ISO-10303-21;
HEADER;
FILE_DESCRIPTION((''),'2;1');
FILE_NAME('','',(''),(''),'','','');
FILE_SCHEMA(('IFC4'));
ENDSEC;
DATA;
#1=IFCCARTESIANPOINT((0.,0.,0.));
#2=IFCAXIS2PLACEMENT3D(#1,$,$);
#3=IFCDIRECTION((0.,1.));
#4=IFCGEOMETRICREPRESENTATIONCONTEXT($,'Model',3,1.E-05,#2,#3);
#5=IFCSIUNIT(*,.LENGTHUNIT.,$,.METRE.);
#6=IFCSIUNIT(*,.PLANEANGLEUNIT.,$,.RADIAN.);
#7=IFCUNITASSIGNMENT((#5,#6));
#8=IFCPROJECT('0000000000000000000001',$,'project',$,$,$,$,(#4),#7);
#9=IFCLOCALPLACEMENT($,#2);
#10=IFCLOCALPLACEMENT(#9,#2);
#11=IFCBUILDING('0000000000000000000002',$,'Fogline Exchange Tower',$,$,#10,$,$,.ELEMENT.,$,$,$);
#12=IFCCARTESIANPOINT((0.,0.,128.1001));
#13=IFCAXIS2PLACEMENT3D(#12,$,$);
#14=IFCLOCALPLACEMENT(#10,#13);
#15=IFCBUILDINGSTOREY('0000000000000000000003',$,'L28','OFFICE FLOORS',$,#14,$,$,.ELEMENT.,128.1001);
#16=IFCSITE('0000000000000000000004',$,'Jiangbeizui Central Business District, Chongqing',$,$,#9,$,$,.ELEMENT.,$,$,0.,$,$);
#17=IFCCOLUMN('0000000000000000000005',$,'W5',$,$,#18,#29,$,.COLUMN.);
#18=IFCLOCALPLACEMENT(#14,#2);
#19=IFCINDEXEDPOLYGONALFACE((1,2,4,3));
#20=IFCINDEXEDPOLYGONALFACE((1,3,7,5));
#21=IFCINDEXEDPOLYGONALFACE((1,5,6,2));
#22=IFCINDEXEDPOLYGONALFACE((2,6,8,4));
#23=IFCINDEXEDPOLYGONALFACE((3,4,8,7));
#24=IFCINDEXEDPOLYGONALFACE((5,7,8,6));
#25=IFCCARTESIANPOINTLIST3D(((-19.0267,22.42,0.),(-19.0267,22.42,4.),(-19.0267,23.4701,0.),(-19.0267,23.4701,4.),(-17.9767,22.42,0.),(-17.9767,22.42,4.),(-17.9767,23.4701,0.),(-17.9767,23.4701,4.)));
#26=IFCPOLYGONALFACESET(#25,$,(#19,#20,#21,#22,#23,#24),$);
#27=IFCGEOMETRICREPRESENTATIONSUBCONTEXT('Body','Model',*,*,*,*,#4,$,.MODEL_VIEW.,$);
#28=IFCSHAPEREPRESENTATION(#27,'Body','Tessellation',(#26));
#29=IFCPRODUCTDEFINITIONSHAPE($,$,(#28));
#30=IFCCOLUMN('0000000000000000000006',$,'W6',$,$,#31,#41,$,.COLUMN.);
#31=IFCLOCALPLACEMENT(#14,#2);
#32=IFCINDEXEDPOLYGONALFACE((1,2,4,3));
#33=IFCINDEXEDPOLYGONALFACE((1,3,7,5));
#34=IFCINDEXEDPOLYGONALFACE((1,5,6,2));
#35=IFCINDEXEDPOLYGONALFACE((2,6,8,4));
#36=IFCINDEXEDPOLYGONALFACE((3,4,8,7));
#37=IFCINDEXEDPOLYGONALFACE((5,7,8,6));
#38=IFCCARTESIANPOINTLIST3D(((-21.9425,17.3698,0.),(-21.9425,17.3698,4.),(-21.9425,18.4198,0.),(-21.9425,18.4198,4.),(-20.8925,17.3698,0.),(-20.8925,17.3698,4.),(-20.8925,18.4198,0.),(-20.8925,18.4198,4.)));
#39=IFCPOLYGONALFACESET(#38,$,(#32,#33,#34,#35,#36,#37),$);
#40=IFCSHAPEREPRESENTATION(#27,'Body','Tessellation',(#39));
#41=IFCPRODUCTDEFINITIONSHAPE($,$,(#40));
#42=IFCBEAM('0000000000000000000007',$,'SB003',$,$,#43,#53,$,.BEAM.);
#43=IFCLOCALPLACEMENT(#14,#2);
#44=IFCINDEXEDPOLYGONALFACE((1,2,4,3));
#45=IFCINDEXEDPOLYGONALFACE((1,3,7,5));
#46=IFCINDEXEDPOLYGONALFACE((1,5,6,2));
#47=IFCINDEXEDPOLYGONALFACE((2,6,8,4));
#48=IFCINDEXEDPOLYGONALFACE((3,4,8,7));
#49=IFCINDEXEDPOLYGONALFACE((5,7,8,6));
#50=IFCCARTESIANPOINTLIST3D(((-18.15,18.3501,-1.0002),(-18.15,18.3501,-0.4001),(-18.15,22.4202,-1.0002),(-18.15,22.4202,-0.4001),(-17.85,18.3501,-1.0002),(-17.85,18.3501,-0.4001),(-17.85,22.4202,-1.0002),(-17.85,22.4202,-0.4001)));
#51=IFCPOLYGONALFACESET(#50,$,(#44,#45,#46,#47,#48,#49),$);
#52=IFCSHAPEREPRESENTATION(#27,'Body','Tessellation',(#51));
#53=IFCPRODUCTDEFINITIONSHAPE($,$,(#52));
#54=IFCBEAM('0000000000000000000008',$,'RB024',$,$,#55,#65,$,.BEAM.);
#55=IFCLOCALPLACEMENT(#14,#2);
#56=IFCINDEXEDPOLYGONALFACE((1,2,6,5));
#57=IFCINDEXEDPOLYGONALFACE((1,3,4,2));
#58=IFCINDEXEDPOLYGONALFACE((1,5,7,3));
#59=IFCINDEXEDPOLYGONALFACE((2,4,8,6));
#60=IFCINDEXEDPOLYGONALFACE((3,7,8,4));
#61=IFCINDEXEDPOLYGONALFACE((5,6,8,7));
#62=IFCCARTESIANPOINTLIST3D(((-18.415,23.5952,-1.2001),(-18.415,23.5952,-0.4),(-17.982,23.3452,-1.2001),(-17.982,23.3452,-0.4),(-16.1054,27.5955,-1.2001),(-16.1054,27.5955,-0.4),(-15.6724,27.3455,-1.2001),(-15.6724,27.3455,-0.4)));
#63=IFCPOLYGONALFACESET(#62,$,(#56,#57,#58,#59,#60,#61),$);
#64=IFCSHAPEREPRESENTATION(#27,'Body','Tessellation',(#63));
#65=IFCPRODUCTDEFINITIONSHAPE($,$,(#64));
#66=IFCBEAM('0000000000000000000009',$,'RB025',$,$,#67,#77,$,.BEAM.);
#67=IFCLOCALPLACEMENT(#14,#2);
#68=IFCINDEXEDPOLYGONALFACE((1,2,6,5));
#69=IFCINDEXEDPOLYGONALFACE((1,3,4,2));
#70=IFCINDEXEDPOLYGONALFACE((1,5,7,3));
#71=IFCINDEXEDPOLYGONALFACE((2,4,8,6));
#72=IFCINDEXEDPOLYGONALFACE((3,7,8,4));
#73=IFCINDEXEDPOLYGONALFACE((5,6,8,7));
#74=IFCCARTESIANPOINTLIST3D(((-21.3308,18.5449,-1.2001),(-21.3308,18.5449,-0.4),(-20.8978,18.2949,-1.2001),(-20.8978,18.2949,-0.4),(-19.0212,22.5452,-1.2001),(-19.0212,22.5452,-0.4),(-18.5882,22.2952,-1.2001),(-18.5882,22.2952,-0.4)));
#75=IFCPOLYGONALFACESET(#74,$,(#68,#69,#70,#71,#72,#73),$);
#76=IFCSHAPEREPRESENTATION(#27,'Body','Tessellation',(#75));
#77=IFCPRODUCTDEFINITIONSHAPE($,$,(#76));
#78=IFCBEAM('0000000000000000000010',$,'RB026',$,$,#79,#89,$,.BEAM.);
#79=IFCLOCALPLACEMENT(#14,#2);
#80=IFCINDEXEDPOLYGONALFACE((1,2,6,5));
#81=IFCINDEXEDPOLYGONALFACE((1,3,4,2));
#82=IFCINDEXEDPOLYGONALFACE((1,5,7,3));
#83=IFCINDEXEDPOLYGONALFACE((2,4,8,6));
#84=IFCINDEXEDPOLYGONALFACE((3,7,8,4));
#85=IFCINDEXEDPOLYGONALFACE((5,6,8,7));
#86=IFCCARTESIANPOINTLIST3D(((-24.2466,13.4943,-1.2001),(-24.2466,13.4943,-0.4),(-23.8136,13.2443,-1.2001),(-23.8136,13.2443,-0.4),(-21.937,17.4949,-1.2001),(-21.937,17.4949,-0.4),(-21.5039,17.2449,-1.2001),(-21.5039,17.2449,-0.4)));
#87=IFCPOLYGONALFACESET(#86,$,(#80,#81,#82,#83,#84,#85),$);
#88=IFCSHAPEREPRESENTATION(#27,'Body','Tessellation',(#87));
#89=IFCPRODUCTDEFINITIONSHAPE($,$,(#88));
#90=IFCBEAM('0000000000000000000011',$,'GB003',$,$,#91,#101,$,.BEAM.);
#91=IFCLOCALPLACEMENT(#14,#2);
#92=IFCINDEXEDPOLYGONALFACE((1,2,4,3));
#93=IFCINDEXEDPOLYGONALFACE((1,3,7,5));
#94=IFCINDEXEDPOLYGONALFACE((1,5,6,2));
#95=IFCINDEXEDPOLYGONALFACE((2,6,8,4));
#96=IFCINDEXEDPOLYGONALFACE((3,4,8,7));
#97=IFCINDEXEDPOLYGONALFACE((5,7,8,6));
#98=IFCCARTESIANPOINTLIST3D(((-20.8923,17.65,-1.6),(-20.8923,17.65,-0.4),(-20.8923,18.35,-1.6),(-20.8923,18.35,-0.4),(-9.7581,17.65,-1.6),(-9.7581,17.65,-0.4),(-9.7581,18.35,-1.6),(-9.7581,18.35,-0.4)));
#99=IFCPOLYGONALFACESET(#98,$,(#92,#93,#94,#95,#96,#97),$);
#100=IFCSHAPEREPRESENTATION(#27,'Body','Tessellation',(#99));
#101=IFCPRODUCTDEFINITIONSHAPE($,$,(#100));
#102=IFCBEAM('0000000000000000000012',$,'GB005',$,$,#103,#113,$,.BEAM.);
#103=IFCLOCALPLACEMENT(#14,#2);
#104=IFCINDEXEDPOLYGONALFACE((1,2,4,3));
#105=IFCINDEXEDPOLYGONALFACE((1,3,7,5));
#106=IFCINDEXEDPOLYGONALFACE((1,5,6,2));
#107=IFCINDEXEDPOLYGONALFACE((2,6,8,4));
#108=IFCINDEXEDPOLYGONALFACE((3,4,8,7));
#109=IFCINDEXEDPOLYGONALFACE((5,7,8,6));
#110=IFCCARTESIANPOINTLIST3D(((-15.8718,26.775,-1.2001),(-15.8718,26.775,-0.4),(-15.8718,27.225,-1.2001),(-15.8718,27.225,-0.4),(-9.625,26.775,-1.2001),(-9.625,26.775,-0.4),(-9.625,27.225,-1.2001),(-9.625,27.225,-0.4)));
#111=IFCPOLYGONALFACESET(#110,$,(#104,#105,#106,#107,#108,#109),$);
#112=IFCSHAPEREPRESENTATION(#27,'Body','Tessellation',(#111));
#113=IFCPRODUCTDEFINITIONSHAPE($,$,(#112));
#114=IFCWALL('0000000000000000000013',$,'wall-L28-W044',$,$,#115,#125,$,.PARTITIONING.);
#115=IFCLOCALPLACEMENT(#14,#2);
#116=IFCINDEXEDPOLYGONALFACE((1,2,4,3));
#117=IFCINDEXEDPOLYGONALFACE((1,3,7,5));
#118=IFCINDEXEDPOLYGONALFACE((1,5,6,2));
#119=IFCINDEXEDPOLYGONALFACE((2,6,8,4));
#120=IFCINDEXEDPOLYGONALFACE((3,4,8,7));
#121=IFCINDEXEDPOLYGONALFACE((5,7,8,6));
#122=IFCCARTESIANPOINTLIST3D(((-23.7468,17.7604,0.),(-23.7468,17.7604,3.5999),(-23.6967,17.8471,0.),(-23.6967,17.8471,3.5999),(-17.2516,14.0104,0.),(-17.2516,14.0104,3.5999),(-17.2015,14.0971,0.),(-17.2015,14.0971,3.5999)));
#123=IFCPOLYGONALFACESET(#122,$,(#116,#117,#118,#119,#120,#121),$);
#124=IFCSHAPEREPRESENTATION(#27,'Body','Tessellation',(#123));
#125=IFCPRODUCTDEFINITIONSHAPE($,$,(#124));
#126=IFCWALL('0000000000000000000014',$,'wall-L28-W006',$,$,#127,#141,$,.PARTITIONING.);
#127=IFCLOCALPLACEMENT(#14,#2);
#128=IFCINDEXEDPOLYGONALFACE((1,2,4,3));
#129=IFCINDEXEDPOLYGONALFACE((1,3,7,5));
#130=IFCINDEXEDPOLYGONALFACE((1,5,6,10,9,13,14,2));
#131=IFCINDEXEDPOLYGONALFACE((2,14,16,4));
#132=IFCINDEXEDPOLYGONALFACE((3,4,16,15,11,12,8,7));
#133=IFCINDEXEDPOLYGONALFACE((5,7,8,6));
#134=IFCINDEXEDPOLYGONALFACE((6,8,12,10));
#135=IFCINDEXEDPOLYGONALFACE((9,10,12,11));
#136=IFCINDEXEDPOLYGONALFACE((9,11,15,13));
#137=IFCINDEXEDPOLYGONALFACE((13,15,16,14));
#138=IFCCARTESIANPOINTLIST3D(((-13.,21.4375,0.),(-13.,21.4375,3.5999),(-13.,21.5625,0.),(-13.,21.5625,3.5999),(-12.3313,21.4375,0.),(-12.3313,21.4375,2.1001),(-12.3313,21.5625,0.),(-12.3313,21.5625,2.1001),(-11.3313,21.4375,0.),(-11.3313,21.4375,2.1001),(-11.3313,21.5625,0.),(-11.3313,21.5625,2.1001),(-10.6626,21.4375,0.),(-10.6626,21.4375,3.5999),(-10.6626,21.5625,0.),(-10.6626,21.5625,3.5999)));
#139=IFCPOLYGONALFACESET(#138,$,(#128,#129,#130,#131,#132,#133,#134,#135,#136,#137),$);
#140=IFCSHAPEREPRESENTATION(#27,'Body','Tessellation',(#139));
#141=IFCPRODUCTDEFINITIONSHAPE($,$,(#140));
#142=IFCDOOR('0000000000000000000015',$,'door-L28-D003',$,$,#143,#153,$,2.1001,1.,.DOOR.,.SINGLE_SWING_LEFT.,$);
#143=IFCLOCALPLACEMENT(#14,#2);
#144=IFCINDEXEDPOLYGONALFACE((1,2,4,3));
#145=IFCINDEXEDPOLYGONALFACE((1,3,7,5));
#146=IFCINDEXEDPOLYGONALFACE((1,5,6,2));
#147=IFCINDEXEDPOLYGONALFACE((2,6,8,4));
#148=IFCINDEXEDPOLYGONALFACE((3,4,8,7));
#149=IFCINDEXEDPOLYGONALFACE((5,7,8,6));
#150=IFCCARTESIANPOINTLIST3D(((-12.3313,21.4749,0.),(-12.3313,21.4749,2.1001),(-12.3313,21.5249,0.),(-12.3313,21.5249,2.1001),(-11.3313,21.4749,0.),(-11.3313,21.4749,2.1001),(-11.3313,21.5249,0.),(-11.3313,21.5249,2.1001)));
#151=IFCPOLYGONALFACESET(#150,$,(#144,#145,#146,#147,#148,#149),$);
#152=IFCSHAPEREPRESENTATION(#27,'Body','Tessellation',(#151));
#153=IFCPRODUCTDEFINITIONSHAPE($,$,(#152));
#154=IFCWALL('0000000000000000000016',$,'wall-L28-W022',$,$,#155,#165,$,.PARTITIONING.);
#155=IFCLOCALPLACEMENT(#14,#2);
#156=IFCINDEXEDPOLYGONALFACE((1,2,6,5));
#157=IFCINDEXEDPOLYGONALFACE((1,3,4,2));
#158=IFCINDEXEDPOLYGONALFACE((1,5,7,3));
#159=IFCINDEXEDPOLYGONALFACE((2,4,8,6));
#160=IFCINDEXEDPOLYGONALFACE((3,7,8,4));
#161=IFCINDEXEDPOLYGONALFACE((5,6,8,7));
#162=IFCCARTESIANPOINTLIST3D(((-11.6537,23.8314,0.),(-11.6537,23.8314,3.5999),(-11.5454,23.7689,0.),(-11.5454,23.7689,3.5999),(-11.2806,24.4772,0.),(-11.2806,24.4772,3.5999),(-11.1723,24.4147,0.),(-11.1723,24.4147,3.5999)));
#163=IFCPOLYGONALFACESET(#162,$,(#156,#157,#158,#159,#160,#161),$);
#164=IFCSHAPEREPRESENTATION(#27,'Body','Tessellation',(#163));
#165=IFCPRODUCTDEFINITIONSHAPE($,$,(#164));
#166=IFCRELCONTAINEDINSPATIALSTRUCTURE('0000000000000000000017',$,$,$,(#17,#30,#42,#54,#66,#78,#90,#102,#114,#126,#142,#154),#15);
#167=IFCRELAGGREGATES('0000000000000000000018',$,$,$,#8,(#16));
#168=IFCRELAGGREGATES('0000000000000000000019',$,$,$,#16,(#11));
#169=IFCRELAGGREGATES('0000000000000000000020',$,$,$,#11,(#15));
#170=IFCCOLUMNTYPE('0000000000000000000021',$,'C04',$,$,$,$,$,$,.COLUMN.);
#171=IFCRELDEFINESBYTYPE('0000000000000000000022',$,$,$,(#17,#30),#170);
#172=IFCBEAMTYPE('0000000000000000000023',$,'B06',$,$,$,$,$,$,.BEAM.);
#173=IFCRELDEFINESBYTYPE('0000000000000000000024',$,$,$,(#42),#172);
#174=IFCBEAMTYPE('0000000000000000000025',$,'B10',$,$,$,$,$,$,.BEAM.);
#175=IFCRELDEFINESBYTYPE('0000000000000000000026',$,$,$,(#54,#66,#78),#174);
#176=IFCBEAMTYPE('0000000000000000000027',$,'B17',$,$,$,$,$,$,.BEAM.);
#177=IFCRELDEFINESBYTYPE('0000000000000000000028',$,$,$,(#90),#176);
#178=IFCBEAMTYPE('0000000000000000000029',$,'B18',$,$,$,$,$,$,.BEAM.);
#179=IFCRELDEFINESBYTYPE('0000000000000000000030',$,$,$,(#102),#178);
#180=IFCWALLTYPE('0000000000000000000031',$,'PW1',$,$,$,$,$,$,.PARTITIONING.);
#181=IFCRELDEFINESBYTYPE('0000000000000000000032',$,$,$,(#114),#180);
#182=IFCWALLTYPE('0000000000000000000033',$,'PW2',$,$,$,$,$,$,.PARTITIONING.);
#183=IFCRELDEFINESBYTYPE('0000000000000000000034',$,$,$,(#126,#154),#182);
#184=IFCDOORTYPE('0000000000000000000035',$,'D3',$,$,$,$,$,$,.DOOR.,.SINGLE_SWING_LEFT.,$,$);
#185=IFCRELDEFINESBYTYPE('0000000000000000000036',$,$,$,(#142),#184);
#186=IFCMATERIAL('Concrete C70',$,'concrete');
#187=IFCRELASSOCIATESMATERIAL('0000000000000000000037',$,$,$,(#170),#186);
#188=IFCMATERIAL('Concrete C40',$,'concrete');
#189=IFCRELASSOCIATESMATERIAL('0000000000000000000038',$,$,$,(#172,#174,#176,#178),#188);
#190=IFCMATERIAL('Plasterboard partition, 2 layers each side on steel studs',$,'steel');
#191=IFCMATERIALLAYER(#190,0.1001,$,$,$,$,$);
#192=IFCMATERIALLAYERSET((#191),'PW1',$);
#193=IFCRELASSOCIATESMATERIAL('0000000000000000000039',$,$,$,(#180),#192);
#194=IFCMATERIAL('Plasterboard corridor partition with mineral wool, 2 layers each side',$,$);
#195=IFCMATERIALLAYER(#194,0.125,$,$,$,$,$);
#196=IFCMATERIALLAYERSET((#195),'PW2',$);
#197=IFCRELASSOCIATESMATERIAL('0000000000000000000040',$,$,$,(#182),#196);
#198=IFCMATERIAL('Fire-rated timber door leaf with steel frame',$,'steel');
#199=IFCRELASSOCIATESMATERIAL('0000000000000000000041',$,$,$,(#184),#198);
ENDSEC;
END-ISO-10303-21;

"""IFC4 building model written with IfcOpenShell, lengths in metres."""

from ifc_helpers import new_model, si_unit, direction, frame, frame_2d, origin, origin_2d, place, context, subcontext, project, spatial, rectangle, extrude, material, layer, layer_set, material_profile, profile_set, type_object, element, fill, save


model = new_model("IFC4")

# Units and contexts
model_context = context("Model", 3, precision=1e-05, world=origin(), true_north=direction((0.0, 1.0)))
body_context = subcontext(model_context, "Body", "Model", "MODEL_VIEW")
ifc_project = project(units=[si_unit("LENGTHUNIT", "METRE"), si_unit("PLANEANGLEUNIT", "RADIAN")], contexts=[model_context])

# Site, building, storey
site_placement = place(None, origin())
site = spatial("IfcSite", under=ifc_project, at=site_placement, Name="Jiangbeizui Central Business District, Chongqing", CompositionType="ELEMENT", RefElevation=0.0)
building_placement = place(site_placement, origin())
building = spatial("IfcBuilding", under=site, at=building_placement, Name="Fogline Exchange Tower", CompositionType="ELEMENT")
storey_placement = place(building_placement, frame((0.0, 0.0, 128.1001)))
storey = spatial("IfcBuildingStorey", under=building, at=storey_placement, Name="L28", Description="OFFICE FLOORS", CompositionType="ELEMENT", Elevation=128.1001)

# Columns
ifc_material_1 = material(Name="Concrete C70", Category="concrete")
ifc_material_profile_1 = material_profile(ifc_material_1, rectangle(XDim=1.05, YDim=1.05, at=origin_2d()), Name="RC 1050x1050")
ifc_profile_set_1 = profile_set([ifc_material_profile_1], Name="Concrete C70")
column_type = type_object("IfcColumnType", Name="C04", PredefinedType="COLUMN", material=ifc_profile_set_1)
for number, where, z_axis, x_axis, name in (
    (1, (-18.5017, 22.9451, 0.0), (0.0, 0.0, 1.0), (1.0, 0.0, 0.0), "W5"),
    (2, (-21.4175, 17.8948, 0.0), (0.0, 0.0, 1.0), (1.0, 0.0, 0.0), "W6"),
):
    element("IfcColumn", number, at=place(storey_placement, frame(where, z_axis=z_axis, x_axis=x_axis)), inside=storey, type_object=column_type, Name=name, PredefinedType="COLUMN", context=body_context, shape_type="SweptSolid", body=[
        extrude(rectangle(XDim=1.05, YDim=1.05, at=origin_2d()), origin(), (0.0, 0.0, 1.0), 4.0),
    ])

# Beams
ifc_material_2 = material(Name="Concrete C40", Category="concrete")
ifc_material_profile_2 = material_profile(ifc_material_2, rectangle(XDim=0.3, YDim=0.6001, at=origin_2d()), Name="RC 300x600")
ifc_profile_set_2 = profile_set([ifc_material_profile_2], Name="Concrete C40")
beam_type_1 = type_object("IfcBeamType", Name="B06", PredefinedType="BEAM", material=ifc_profile_set_2)
beam_1_placement = place(storey_placement, frame((-18.0, 18.3501, -0.7002), z_axis=(0.0, 1.0, 0.0), x_axis=(-1.0, 0.0, 0.0)))
element("IfcBeam", 3, at=beam_1_placement, inside=storey, type_object=beam_type_1, Name="SB003", PredefinedType="BEAM", context=body_context, shape_type="SweptSolid", body=[
    extrude(rectangle(XDim=0.3, YDim=0.6001, at=origin_2d()), origin(), (0.0, 0.0, 1.0), 4.0701),
])
ifc_material_profile_3 = material_profile(ifc_material_2, rectangle(XDim=0.5, YDim=0.8, at=origin_2d()), Name="RC 500x800")
ifc_profile_set_3 = profile_set([ifc_material_profile_3], Name="Concrete C40")
beam_type_2 = type_object("IfcBeamType", Name="B10", PredefinedType="BEAM", material=ifc_profile_set_3)
for number, where, z_axis, x_axis, name in (
    (4, (-15.8889, 27.4705, -0.8), (-0.500005, -0.866023, 0.0), (0.866023, -0.500005, 0.0), "RB024"),
    (5, (-18.8047, 22.4202, -0.8), (-0.500005, -0.866023, 0.0), (0.866023, -0.500005, 0.0), "RB025"),
):
    element("IfcBeam", number, at=place(storey_placement, frame(where, z_axis=z_axis, x_axis=x_axis)), inside=storey, type_object=beam_type_2, Name=name, PredefinedType="BEAM", context=body_context, shape_type="SweptSolid", body=[
        extrude(rectangle(XDim=0.5, YDim=0.8, at=origin_2d()), origin(), (0.0, 0.0, 1.0), 4.6191),
    ])
beam_2_placement = place(storey_placement, frame((-21.7205, 17.3699, -0.8), z_axis=(-0.499982, -0.866036, 0.0), x_axis=(0.866036, -0.499982, 0.0)))
element("IfcBeam", 6, at=beam_2_placement, inside=storey, type_object=beam_type_2, Name="RB026", PredefinedType="BEAM", context=body_context, shape_type="SweptSolid", body=[
    extrude(rectangle(XDim=0.5, YDim=0.8, at=origin_2d()), origin(), (0.0, 0.0, 1.0), 4.6194),
])
ifc_material_profile_4 = material_profile(ifc_material_2, rectangle(XDim=0.7, YDim=1.2, at=origin_2d()), Name="RC 700x1200")
ifc_profile_set_4 = profile_set([ifc_material_profile_4], Name="Concrete C40")
beam_type_3 = type_object("IfcBeamType", Name="B17", PredefinedType="BEAM", material=ifc_profile_set_4)
beam_3_placement = place(storey_placement, frame((-20.8923, 18.0, -1.0), z_axis=(1.0, 0.0, 0.0), x_axis=(0.0, 1.0, 0.0)))
element("IfcBeam", 7, at=beam_3_placement, inside=storey, type_object=beam_type_3, Name="GB003", PredefinedType="BEAM", context=body_context, shape_type="SweptSolid", body=[
    extrude(rectangle(XDim=0.7, YDim=1.2, at=origin_2d()), origin(), (0.0, 0.0, 1.0), 11.1343),
])
ifc_material_profile_5 = material_profile(ifc_material_2, rectangle(XDim=0.45, YDim=0.8, at=origin_2d()), Name="RC 450x800")
ifc_profile_set_5 = profile_set([ifc_material_profile_5], Name="Concrete C40")
beam_type_4 = type_object("IfcBeamType", Name="B18", PredefinedType="BEAM", material=ifc_profile_set_5)
beam_4_placement = place(storey_placement, frame((-15.8718, 27.0, -0.8), z_axis=(1.0, 0.0, 0.0), x_axis=(0.0, 1.0, 0.0)))
element("IfcBeam", 8, at=beam_4_placement, inside=storey, type_object=beam_type_4, Name="GB005", PredefinedType="BEAM", context=body_context, shape_type="SweptSolid", body=[
    extrude(rectangle(XDim=0.45, YDim=0.8, at=origin_2d()), origin(), (0.0, 0.0, 1.0), 6.2468),
])

# Wall
ifc_material_3 = material(Name="Plasterboard partition, 2 layers each side on steel studs", Category="steel")
ifc_layer_1 = layer(ifc_material_3, 0.1001)
ifc_layer_set_1 = layer_set([ifc_layer_1], Name="PW1")
wall_type_1 = type_object("IfcWallType", Name="PW1", PredefinedType="PARTITIONING", material=ifc_layer_set_1)
wall_1_placement = place(storey_placement, frame((-17.2266, 14.0537, 0.0), z_axis=(0.0, 0.0, 1.0), x_axis=(-0.866023, 0.500004, 0.0)))
element("IfcWall", 9, at=wall_1_placement, inside=storey, type_object=wall_type_1, Name="wall-L28-W044", PredefinedType="PARTITIONING", context=body_context, shape_type="SweptSolid", body=[
    extrude(rectangle(XDim=7.5, YDim=0.1001, at=frame_2d((3.75, 0.0))), origin(), (0.0, 0.0, 1.0), 3.5999),
])

# Wall, opening, door
ifc_material_4 = material(Name="Plasterboard corridor partition with mineral wool, 2 layers each side")
ifc_layer_2 = layer(ifc_material_4, 0.125)
ifc_layer_set_2 = layer_set([ifc_layer_2], Name="PW2")
wall_type_2 = type_object("IfcWallType", Name="PW2", PredefinedType="PARTITIONING", material=ifc_layer_set_2)
wall_2_placement = place(storey_placement, frame((-13.0, 21.5, 0.0), z_axis=(0.0, 0.0, 1.0), x_axis=(1.0, 0.0, 0.0)))
wall_2 = element("IfcWall", 10, at=wall_2_placement, inside=storey, type_object=wall_type_2, Name="wall-L28-W006", PredefinedType="PARTITIONING", context=body_context, shape_type="SweptSolid", body=[
    extrude(rectangle(XDim=2.3374, YDim=0.125, at=frame_2d((1.1687, 0.0))), origin(), (0.0, 0.0, 1.0), 3.5999),
])
opening_1_placement = place(wall_2_placement, frame((0.6687, 0.0, 0.0)))
opening_1 = element("IfcOpeningElement", 11, at=opening_1_placement, cuts=wall_2, PredefinedType="OPENING", context=body_context, shape_type="SweptSolid", body=[
    extrude(rectangle(XDim=1.0, YDim=2.1001, at=frame_2d((0.5, 1.05))), frame((0.0, 0.0725, 0.0), z_axis=(0.0, -1.0, 0.0), x_axis=(1.0, 0.0, 0.0)), (0.0, 0.0, 1.0), 0.145),
])
ifc_material_5 = material(Name="Fire-rated timber door leaf with steel frame", Category="steel")
door_type = type_object("IfcDoorType", Name="D3", OperationType="SINGLE_SWING_LEFT", PredefinedType="DOOR", material=ifc_material_5)
door_1_placement = place(opening_1_placement, origin())
door_1 = element("IfcDoor", 12, at=door_1_placement, inside=storey, type_object=door_type, Name="door-L28-D003", OperationType="SINGLE_SWING_LEFT", OverallHeight=2.1001, OverallWidth=1.0, PredefinedType="DOOR", context=body_context, shape_type="SweptSolid", body=[
    extrude(rectangle(XDim=1.0, YDim=2.1001, at=frame_2d((0.5, 1.05))), frame((0.0, 0.0249, 0.0), z_axis=(0.0, -1.0, 0.0), x_axis=(1.0, 0.0, 0.0)), (0.0, 0.0, 1.0), 0.05),
])
fill(opening_1, door_1)

# Wall
wall_3_placement = place(storey_placement, frame((-11.5996, 23.8, 0.0), z_axis=(0.0, 0.0, 1.0), x_axis=(0.500223, 0.865897, 0.0)))
element("IfcWall", 13, at=wall_3_placement, inside=storey, type_object=wall_type_2, Name="wall-L28-W022", PredefinedType="PARTITIONING", context=body_context, shape_type="SweptSolid", body=[
    extrude(rectangle(XDim=0.7458, YDim=0.125, at=frame_2d((0.373, 0.0))), origin(), (0.0, 0.0, 1.0), 3.5999),
])

save(model, "model.ifc")
